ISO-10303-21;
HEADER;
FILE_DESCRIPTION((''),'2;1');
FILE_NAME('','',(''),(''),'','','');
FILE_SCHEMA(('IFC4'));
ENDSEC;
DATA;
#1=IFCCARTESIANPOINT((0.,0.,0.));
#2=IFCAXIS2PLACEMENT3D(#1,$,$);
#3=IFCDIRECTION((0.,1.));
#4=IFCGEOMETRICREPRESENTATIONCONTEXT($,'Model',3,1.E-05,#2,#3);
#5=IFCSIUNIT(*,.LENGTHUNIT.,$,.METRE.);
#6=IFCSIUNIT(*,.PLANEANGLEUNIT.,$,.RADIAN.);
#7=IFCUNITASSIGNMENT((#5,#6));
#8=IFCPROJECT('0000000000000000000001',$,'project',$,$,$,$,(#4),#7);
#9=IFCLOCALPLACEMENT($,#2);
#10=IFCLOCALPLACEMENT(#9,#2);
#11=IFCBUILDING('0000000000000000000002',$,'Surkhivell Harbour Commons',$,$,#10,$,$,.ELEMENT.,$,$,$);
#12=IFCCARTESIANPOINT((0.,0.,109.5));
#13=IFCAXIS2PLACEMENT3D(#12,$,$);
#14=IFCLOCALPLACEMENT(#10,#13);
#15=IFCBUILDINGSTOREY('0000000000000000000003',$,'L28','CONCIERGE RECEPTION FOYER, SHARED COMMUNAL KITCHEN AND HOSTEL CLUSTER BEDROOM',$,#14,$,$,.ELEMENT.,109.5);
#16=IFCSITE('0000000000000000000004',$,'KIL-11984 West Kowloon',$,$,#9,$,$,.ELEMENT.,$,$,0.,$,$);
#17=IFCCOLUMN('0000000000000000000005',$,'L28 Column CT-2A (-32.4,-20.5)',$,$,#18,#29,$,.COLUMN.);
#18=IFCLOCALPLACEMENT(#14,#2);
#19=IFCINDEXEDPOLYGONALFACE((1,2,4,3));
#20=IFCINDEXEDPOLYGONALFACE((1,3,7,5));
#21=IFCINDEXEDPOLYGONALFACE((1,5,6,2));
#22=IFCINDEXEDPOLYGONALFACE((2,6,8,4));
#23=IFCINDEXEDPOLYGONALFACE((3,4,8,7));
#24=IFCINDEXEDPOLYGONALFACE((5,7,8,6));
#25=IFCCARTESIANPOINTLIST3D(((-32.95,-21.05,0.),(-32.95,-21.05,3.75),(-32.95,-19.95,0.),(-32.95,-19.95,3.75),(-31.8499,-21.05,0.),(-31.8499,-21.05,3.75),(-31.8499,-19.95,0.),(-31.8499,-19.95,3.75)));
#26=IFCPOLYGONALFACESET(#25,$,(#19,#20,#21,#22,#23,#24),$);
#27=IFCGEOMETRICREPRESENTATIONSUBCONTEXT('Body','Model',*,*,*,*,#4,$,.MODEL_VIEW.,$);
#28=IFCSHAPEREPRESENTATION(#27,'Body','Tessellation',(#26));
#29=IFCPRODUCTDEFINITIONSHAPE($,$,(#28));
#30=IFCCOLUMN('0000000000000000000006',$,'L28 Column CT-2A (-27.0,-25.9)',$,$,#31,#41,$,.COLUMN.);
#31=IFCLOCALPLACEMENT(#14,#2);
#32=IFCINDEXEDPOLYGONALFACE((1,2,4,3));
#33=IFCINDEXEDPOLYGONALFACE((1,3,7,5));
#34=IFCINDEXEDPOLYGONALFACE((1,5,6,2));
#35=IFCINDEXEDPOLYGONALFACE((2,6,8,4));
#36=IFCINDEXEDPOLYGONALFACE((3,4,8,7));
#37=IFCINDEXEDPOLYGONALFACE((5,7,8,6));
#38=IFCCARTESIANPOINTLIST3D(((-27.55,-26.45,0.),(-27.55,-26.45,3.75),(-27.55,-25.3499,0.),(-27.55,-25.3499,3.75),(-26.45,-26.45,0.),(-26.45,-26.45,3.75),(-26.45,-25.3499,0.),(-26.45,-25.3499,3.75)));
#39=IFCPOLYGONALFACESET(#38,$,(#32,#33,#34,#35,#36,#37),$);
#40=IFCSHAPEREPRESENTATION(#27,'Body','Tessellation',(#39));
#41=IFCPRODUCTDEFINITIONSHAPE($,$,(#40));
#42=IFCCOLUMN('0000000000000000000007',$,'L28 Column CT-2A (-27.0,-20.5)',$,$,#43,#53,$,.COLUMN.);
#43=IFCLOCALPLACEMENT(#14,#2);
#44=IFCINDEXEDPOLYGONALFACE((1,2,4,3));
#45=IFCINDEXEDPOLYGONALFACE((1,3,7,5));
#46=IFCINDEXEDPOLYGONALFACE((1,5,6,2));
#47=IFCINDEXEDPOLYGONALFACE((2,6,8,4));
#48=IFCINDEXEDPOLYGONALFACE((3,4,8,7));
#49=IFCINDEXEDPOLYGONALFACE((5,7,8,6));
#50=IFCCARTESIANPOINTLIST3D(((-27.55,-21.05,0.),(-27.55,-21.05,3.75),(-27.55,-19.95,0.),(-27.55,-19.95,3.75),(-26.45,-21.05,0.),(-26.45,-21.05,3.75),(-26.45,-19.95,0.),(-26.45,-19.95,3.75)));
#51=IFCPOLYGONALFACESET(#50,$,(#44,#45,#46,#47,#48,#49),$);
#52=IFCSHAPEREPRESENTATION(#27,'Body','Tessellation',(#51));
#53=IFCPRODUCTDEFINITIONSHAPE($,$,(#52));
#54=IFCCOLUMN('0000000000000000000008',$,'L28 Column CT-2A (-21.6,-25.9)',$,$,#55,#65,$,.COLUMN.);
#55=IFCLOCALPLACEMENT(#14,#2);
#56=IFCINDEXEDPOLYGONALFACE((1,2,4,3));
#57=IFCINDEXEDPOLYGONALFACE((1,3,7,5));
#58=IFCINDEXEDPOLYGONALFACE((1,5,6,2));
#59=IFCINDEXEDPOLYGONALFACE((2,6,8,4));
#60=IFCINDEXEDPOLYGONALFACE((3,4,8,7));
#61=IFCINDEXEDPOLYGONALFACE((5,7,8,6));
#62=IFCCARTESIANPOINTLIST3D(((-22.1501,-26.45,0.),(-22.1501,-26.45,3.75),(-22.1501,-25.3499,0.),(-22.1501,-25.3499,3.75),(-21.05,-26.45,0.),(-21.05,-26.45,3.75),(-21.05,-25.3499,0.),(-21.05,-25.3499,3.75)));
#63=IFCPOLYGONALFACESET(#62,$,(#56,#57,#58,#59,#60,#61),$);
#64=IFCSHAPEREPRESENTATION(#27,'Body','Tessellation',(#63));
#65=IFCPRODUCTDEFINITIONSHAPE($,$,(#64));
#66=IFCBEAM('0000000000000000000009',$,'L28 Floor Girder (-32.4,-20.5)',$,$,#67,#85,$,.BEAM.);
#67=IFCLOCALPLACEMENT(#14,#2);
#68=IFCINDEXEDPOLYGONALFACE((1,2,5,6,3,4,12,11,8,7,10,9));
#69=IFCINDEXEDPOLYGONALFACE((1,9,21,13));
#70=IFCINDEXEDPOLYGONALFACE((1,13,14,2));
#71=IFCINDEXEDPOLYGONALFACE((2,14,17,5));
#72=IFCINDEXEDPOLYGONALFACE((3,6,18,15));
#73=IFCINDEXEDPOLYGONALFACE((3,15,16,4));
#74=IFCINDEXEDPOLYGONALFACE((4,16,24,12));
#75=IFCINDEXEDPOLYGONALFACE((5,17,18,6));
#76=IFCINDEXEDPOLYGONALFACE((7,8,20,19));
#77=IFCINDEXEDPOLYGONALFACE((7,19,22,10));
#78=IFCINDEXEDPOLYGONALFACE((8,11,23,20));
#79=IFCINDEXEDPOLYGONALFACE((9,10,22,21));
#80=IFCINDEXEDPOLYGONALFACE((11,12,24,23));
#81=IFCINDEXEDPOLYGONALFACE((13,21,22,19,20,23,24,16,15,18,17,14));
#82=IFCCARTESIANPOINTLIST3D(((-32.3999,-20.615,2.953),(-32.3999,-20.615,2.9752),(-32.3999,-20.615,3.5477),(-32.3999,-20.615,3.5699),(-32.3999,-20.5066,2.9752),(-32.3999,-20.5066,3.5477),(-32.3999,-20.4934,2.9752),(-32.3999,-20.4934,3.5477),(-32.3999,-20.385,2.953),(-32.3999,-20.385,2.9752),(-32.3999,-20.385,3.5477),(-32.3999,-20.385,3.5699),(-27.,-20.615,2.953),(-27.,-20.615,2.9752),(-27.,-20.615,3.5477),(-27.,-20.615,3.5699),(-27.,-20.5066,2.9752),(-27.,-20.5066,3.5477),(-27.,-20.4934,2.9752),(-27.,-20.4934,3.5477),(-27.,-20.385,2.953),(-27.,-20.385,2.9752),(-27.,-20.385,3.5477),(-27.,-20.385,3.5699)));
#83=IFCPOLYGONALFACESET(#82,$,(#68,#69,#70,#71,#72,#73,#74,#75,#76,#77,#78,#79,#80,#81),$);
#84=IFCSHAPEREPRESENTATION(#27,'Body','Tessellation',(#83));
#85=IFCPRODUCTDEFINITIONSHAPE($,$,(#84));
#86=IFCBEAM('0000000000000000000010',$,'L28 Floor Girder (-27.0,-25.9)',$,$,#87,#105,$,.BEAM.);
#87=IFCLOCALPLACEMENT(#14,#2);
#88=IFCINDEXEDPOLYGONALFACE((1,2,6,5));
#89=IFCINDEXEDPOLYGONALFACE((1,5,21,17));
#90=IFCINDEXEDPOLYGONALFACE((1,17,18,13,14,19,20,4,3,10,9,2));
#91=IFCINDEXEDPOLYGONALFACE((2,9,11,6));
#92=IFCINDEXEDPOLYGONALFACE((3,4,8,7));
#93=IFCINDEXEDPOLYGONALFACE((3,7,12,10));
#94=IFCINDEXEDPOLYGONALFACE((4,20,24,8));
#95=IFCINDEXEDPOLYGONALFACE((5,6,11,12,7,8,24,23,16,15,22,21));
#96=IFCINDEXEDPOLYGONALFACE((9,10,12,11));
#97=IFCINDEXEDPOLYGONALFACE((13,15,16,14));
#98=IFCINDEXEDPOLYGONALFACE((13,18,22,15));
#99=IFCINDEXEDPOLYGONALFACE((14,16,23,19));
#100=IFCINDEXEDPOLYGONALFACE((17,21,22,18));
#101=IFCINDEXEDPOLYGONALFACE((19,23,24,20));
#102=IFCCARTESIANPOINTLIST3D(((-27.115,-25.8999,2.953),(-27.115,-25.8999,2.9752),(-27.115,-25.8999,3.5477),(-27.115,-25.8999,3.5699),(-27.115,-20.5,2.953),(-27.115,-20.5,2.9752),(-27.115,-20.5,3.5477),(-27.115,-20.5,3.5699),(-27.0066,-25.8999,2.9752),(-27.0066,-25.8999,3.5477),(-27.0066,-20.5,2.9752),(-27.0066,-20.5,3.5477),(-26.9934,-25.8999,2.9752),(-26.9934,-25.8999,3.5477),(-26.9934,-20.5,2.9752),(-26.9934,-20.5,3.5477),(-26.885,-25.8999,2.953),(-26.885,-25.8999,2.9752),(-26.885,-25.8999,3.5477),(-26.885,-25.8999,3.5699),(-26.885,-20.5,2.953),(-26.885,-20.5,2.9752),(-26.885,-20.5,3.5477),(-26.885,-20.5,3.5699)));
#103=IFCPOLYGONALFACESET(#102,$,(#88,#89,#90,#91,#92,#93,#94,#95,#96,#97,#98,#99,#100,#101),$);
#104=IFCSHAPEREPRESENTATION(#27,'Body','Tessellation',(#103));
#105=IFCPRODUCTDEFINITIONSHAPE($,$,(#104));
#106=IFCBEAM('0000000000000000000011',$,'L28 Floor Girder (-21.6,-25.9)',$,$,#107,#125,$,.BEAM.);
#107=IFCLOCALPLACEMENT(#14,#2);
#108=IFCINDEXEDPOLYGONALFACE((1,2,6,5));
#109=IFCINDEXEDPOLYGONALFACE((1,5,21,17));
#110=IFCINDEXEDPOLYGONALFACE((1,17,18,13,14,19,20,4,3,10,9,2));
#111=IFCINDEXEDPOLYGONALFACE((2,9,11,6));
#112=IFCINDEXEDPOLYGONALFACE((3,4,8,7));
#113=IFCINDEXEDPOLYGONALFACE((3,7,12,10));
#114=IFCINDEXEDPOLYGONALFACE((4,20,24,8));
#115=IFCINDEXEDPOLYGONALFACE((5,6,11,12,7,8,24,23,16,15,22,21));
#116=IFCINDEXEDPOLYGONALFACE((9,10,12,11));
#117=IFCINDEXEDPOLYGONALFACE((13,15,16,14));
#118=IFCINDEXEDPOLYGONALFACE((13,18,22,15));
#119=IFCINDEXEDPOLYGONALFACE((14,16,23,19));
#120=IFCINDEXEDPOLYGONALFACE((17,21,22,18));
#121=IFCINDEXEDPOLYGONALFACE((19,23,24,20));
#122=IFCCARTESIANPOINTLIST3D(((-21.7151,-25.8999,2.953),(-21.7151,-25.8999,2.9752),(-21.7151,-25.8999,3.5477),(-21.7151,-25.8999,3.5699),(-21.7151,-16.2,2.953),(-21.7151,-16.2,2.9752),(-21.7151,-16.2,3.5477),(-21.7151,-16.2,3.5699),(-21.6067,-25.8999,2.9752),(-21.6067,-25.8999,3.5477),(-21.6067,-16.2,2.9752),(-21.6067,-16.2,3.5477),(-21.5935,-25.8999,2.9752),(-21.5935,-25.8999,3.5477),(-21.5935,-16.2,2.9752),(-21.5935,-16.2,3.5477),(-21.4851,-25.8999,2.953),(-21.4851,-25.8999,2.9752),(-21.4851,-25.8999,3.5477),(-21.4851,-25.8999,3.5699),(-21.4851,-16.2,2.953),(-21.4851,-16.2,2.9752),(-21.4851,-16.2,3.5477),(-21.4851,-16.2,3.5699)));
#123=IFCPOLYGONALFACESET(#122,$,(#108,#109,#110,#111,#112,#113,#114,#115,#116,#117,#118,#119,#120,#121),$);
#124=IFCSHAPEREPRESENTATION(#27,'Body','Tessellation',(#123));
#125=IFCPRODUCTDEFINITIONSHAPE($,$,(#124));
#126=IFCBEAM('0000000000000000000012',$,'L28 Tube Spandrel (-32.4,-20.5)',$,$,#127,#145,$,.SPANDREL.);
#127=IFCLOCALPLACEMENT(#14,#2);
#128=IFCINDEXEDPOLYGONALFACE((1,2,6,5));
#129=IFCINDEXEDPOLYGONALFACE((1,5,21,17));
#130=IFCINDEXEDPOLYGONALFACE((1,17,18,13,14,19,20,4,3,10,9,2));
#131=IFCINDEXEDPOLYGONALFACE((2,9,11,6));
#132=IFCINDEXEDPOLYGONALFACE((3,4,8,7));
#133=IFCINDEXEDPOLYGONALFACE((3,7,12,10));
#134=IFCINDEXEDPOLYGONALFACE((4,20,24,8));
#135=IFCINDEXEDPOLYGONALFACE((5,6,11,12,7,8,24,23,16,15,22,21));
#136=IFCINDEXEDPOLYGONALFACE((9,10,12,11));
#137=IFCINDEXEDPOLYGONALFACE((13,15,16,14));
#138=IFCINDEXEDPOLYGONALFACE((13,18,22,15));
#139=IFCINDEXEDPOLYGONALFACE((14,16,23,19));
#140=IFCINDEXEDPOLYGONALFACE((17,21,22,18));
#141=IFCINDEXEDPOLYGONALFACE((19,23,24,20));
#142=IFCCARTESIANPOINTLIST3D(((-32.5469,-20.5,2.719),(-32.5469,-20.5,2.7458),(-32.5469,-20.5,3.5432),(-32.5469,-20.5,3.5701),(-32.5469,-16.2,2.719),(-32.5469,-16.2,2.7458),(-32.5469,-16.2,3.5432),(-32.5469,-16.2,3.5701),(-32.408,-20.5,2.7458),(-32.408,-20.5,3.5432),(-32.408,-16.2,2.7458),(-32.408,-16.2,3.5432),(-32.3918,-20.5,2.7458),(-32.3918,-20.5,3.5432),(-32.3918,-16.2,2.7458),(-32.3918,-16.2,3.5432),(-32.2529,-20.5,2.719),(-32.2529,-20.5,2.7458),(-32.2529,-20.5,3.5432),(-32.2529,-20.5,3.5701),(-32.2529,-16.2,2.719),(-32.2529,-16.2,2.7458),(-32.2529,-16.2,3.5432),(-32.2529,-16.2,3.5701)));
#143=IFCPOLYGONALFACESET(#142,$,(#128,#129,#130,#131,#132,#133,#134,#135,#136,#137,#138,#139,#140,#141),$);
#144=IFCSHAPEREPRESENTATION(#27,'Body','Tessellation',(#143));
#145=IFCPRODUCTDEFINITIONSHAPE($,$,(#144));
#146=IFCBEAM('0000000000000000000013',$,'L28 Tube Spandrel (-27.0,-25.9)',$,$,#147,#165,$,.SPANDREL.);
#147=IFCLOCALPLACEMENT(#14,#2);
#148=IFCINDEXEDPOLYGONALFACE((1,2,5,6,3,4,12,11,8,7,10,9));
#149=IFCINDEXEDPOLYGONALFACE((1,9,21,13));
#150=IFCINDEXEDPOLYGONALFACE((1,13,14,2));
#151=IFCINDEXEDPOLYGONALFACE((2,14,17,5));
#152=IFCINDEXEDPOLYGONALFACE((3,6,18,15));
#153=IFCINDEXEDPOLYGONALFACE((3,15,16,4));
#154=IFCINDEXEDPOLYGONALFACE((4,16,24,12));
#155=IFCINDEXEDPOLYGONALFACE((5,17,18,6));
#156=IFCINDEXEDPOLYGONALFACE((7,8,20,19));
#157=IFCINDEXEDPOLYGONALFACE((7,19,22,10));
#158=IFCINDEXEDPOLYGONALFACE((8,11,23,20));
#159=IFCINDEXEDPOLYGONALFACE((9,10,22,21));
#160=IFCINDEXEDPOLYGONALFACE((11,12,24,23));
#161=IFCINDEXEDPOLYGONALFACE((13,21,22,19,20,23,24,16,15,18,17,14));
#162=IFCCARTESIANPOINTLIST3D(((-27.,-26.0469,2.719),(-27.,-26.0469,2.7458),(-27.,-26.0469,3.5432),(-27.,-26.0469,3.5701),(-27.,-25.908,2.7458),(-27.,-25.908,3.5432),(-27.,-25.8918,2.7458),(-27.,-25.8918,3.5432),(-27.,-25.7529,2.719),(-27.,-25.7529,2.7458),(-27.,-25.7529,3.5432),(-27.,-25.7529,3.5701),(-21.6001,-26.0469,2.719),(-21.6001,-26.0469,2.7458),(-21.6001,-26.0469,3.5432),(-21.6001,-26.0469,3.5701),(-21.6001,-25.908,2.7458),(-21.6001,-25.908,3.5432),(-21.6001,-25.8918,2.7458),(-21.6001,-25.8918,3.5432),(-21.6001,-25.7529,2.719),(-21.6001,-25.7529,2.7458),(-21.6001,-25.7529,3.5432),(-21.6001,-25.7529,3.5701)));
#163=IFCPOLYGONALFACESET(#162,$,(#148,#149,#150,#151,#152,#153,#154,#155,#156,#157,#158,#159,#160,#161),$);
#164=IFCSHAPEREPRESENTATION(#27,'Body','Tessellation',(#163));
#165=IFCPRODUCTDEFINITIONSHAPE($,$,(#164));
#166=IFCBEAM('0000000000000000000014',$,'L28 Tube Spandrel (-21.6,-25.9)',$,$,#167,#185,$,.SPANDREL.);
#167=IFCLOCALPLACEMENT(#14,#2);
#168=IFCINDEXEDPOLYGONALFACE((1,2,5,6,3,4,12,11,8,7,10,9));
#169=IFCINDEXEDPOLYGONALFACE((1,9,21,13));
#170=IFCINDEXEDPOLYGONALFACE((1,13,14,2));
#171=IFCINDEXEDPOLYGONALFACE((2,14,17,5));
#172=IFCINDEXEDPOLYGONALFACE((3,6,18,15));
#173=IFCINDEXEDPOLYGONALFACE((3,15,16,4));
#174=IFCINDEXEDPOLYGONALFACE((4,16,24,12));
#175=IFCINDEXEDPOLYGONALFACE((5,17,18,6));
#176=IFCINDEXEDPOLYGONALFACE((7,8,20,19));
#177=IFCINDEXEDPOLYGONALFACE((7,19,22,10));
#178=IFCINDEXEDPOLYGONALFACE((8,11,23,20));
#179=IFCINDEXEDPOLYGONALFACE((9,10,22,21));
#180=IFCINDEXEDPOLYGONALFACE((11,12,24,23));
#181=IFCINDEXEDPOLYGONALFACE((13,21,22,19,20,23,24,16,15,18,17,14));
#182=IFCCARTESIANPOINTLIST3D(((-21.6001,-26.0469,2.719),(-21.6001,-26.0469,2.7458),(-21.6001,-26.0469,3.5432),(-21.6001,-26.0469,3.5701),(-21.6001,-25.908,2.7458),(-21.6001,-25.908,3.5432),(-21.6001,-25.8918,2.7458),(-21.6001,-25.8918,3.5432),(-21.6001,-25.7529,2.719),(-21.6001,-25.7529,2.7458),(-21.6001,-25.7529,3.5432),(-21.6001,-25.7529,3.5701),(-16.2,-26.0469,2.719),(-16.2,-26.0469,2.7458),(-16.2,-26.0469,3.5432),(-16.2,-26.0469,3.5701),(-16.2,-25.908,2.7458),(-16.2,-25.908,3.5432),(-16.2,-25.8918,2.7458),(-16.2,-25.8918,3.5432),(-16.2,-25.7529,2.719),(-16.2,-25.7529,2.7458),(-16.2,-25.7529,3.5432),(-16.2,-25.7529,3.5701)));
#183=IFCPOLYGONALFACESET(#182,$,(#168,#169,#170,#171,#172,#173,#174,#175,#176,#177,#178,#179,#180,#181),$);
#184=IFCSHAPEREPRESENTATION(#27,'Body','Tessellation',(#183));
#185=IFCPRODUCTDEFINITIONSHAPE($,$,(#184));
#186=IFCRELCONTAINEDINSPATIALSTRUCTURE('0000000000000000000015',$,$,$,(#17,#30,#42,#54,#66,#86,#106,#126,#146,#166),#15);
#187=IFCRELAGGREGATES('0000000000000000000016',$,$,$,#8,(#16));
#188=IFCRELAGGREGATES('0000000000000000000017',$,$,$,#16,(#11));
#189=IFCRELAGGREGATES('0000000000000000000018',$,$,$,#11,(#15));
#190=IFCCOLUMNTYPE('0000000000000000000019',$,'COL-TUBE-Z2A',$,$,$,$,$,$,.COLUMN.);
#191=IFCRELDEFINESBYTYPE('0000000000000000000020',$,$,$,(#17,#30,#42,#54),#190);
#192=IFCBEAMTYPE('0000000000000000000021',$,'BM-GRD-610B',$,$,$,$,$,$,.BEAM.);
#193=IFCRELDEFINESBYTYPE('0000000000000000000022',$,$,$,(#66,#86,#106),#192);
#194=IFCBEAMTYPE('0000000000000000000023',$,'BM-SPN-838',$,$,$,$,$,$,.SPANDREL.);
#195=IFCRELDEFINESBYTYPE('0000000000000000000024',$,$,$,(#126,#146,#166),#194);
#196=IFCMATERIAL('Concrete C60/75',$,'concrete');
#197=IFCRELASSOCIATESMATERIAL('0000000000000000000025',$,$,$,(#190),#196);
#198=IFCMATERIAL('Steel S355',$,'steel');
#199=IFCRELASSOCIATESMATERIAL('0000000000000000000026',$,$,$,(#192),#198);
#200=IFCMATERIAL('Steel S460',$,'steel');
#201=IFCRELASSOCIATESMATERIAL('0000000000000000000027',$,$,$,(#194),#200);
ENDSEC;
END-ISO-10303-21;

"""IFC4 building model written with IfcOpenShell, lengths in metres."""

from ifc_helpers import new_model, si_unit, direction, frame, origin, origin_2d, place, context, subcontext, project, spatial, rectangle, i_section, extrude, material, material_profile, profile_set, type_object, element, save


model = new_model("IFC4")

# Units and contexts
model_context = context("Model", 3, precision=1e-05, world=origin(), true_north=direction((0.0, 1.0)))
body_context = subcontext(model_context, "Body", "Model", "MODEL_VIEW")
ifc_project = project(units=[si_unit("LENGTHUNIT", "METRE"), si_unit("PLANEANGLEUNIT", "RADIAN")], contexts=[model_context])

# Site, building, storey
site_placement = place(None, origin())
site = spatial("IfcSite", under=ifc_project, at=site_placement, Name="KIL-11984 West Kowloon", CompositionType="ELEMENT", RefElevation=0.0)
building_placement = place(site_placement, origin())
building = spatial("IfcBuilding", under=site, at=building_placement, Name="Surkhivell Harbour Commons", CompositionType="ELEMENT")
storey_placement = place(building_placement, frame((0.0, 0.0, 109.5)))
storey = spatial("IfcBuildingStorey", under=building, at=storey_placement, Name="L28", Description="CONCIERGE RECEPTION FOYER, SHARED COMMUNAL KITCHEN AND HOSTEL CLUSTER BEDROOM", CompositionType="ELEMENT", Elevation=109.5)

# Columns
ifc_material_1 = material(Name="Concrete C60/75", Category="concrete")
ifc_material_profile_1 = material_profile(ifc_material_1, rectangle(XDim=1.1001, YDim=1.1001, at=origin_2d()), Name="RC-COL-1100x1100")
ifc_profile_set_1 = profile_set([ifc_material_profile_1], Name="Concrete C60/75")
column_type = type_object("IfcColumnType", Name="COL-TUBE-Z2A", PredefinedType="COLUMN", material=ifc_profile_set_1)
for number, where, z_axis, x_axis, name in (
    (1, (-32.3999, -20.5, 0.0), (0.0, 0.0, 1.0), (1.0, 0.0, 0.0), "L28 Column CT-2A (-32.4,-20.5)"),
    (2, (-27.0, -25.8999, 0.0), (0.0, 0.0, 1.0), (1.0, 0.0, 0.0), "L28 Column CT-2A (-27.0,-25.9)"),
    (3, (-27.0, -20.5, 0.0), (0.0, 0.0, 1.0), (1.0, 0.0, 0.0), "L28 Column CT-2A (-27.0,-20.5)"),
    (4, (-21.6001, -25.8999, 0.0), (0.0, 0.0, 1.0), (1.0, 0.0, 0.0), "L28 Column CT-2A (-21.6,-25.9)"),
):
    element("IfcColumn", number, at=place(storey_placement, frame(where, z_axis=z_axis, x_axis=x_axis)), inside=storey, type_object=column_type, Name=name, PredefinedType="COLUMN", context=body_context, shape_type="SweptSolid", body=[
        extrude(rectangle(XDim=1.1001, YDim=1.1001, at=origin_2d()), origin(), (0.0, 0.0, 1.0), 3.75),
    ])

# Beams
ifc_material_2 = material(Name="Steel S355", Category="steel")
ifc_material_profile_2 = material_profile(ifc_material_2, i_section(OverallWidth=0.23, OverallDepth=0.6169, WebThickness=0.0132, FlangeThickness=0.0222, at=origin_2d()), Name="UB610x229x140")
ifc_profile_set_2 = profile_set([ifc_material_profile_2], Name="Steel S355")
beam_type_1 = type_object("IfcBeamType", Name="BM-GRD-610B", PredefinedType="BEAM", material=ifc_profile_set_2)
for number, where, z_axis, x_axis, name in (
    (5, (-32.3999, -20.5, 3.2615), (1.0, 0.0, 0.0), (0.0, 1.0, 0.0), "L28 Floor Girder (-32.4,-20.5)"),
    (6, (-27.0, -25.8999, 3.2615), (0.0, 1.0, 0.0), (-1.0, 0.0, 0.0), "L28 Floor Girder (-27.0,-25.9)"),
):
    element("IfcBeam", number, at=place(storey_placement, frame(where, z_axis=z_axis, x_axis=x_axis)), inside=storey, type_object=beam_type_1, Name=name, PredefinedType="BEAM", context=body_context, shape_type="SweptSolid", body=[
        extrude(i_section(OverallWidth=0.23, OverallDepth=0.6169, WebThickness=0.0132, FlangeThickness=0.0222, at=origin_2d()), origin(), (0.0, 0.0, 1.0), 5.3999),
    ])
beam_1_placement = place(storey_placement, frame((-21.6001, -25.8999, 3.2615), z_axis=(0.0, 1.0, 0.0), x_axis=(-1.0, 0.0, 0.0)))
element("IfcBeam", 7, at=beam_1_placement, inside=storey, type_object=beam_type_1, Name="L28 Floor Girder (-21.6,-25.9)", PredefinedType="BEAM", context=body_context, shape_type="SweptSolid", body=[
    extrude(i_section(OverallWidth=0.23, OverallDepth=0.6169, WebThickness=0.0132, FlangeThickness=0.0222, at=origin_2d()), origin(), (0.0, 0.0, 1.0), 9.7),
])
ifc_material_3 = material(Name="Steel S460", Category="steel")
ifc_material_profile_3 = material_profile(ifc_material_3, i_section(OverallWidth=0.2939, OverallDepth=0.8511, WebThickness=0.0161, FlangeThickness=0.0269, at=origin_2d()), Name="UB838x292x226")
ifc_profile_set_3 = profile_set([ifc_material_profile_3], Name="Steel S460")
beam_type_2 = type_object("IfcBeamType", Name="BM-SPN-838", PredefinedType="SPANDREL", material=ifc_profile_set_3)
beam_2_placement = place(storey_placement, frame((-32.3999, -20.5, 3.1445), z_axis=(0.0, 1.0, 0.0), x_axis=(-1.0, 0.0, 0.0)))
element("IfcBeam", 8, at=beam_2_placement, inside=storey, type_object=beam_type_2, Name="L28 Tube Spandrel (-32.4,-20.5)", PredefinedType="SPANDREL", context=body_context, shape_type="SweptSolid", body=[
    extrude(i_section(OverallWidth=0.2939, OverallDepth=0.8511, WebThickness=0.0161, FlangeThickness=0.0269, at=origin_2d()), origin(), (0.0, 0.0, 1.0), 4.3),
])
beam_3_placement = place(storey_placement, frame((-27.0, -25.8999, 3.1445), z_axis=(1.0, 0.0, 0.0), x_axis=(0.0, 1.0, 0.0)))
element("IfcBeam", 9, at=beam_3_placement, inside=storey, type_object=beam_type_2, Name="L28 Tube Spandrel (-27.0,-25.9)", PredefinedType="SPANDREL", context=body_context, shape_type="SweptSolid", body=[
    extrude(i_section(OverallWidth=0.2939, OverallDepth=0.8511, WebThickness=0.0161, FlangeThickness=0.0269, at=origin_2d()), origin(), (0.0, 0.0, 1.0), 5.3999),
])
beam_4_placement = place(storey_placement, frame((-21.6001, -25.8999, 3.1445), z_axis=(1.0, 0.0, 0.0), x_axis=(0.0, 1.0, 0.0)))
element("IfcBeam", 10, at=beam_4_placement, inside=storey, type_object=beam_type_2, Name="L28 Tube Spandrel (-21.6,-25.9)", PredefinedType="SPANDREL", context=body_context, shape_type="SweptSolid", body=[
    extrude(i_section(OverallWidth=0.2939, OverallDepth=0.8511, WebThickness=0.0161, FlangeThickness=0.0269, at=origin_2d()), origin(), (0.0, 0.0, 1.0), 5.4001),
])

save(model, "model.ifc")
